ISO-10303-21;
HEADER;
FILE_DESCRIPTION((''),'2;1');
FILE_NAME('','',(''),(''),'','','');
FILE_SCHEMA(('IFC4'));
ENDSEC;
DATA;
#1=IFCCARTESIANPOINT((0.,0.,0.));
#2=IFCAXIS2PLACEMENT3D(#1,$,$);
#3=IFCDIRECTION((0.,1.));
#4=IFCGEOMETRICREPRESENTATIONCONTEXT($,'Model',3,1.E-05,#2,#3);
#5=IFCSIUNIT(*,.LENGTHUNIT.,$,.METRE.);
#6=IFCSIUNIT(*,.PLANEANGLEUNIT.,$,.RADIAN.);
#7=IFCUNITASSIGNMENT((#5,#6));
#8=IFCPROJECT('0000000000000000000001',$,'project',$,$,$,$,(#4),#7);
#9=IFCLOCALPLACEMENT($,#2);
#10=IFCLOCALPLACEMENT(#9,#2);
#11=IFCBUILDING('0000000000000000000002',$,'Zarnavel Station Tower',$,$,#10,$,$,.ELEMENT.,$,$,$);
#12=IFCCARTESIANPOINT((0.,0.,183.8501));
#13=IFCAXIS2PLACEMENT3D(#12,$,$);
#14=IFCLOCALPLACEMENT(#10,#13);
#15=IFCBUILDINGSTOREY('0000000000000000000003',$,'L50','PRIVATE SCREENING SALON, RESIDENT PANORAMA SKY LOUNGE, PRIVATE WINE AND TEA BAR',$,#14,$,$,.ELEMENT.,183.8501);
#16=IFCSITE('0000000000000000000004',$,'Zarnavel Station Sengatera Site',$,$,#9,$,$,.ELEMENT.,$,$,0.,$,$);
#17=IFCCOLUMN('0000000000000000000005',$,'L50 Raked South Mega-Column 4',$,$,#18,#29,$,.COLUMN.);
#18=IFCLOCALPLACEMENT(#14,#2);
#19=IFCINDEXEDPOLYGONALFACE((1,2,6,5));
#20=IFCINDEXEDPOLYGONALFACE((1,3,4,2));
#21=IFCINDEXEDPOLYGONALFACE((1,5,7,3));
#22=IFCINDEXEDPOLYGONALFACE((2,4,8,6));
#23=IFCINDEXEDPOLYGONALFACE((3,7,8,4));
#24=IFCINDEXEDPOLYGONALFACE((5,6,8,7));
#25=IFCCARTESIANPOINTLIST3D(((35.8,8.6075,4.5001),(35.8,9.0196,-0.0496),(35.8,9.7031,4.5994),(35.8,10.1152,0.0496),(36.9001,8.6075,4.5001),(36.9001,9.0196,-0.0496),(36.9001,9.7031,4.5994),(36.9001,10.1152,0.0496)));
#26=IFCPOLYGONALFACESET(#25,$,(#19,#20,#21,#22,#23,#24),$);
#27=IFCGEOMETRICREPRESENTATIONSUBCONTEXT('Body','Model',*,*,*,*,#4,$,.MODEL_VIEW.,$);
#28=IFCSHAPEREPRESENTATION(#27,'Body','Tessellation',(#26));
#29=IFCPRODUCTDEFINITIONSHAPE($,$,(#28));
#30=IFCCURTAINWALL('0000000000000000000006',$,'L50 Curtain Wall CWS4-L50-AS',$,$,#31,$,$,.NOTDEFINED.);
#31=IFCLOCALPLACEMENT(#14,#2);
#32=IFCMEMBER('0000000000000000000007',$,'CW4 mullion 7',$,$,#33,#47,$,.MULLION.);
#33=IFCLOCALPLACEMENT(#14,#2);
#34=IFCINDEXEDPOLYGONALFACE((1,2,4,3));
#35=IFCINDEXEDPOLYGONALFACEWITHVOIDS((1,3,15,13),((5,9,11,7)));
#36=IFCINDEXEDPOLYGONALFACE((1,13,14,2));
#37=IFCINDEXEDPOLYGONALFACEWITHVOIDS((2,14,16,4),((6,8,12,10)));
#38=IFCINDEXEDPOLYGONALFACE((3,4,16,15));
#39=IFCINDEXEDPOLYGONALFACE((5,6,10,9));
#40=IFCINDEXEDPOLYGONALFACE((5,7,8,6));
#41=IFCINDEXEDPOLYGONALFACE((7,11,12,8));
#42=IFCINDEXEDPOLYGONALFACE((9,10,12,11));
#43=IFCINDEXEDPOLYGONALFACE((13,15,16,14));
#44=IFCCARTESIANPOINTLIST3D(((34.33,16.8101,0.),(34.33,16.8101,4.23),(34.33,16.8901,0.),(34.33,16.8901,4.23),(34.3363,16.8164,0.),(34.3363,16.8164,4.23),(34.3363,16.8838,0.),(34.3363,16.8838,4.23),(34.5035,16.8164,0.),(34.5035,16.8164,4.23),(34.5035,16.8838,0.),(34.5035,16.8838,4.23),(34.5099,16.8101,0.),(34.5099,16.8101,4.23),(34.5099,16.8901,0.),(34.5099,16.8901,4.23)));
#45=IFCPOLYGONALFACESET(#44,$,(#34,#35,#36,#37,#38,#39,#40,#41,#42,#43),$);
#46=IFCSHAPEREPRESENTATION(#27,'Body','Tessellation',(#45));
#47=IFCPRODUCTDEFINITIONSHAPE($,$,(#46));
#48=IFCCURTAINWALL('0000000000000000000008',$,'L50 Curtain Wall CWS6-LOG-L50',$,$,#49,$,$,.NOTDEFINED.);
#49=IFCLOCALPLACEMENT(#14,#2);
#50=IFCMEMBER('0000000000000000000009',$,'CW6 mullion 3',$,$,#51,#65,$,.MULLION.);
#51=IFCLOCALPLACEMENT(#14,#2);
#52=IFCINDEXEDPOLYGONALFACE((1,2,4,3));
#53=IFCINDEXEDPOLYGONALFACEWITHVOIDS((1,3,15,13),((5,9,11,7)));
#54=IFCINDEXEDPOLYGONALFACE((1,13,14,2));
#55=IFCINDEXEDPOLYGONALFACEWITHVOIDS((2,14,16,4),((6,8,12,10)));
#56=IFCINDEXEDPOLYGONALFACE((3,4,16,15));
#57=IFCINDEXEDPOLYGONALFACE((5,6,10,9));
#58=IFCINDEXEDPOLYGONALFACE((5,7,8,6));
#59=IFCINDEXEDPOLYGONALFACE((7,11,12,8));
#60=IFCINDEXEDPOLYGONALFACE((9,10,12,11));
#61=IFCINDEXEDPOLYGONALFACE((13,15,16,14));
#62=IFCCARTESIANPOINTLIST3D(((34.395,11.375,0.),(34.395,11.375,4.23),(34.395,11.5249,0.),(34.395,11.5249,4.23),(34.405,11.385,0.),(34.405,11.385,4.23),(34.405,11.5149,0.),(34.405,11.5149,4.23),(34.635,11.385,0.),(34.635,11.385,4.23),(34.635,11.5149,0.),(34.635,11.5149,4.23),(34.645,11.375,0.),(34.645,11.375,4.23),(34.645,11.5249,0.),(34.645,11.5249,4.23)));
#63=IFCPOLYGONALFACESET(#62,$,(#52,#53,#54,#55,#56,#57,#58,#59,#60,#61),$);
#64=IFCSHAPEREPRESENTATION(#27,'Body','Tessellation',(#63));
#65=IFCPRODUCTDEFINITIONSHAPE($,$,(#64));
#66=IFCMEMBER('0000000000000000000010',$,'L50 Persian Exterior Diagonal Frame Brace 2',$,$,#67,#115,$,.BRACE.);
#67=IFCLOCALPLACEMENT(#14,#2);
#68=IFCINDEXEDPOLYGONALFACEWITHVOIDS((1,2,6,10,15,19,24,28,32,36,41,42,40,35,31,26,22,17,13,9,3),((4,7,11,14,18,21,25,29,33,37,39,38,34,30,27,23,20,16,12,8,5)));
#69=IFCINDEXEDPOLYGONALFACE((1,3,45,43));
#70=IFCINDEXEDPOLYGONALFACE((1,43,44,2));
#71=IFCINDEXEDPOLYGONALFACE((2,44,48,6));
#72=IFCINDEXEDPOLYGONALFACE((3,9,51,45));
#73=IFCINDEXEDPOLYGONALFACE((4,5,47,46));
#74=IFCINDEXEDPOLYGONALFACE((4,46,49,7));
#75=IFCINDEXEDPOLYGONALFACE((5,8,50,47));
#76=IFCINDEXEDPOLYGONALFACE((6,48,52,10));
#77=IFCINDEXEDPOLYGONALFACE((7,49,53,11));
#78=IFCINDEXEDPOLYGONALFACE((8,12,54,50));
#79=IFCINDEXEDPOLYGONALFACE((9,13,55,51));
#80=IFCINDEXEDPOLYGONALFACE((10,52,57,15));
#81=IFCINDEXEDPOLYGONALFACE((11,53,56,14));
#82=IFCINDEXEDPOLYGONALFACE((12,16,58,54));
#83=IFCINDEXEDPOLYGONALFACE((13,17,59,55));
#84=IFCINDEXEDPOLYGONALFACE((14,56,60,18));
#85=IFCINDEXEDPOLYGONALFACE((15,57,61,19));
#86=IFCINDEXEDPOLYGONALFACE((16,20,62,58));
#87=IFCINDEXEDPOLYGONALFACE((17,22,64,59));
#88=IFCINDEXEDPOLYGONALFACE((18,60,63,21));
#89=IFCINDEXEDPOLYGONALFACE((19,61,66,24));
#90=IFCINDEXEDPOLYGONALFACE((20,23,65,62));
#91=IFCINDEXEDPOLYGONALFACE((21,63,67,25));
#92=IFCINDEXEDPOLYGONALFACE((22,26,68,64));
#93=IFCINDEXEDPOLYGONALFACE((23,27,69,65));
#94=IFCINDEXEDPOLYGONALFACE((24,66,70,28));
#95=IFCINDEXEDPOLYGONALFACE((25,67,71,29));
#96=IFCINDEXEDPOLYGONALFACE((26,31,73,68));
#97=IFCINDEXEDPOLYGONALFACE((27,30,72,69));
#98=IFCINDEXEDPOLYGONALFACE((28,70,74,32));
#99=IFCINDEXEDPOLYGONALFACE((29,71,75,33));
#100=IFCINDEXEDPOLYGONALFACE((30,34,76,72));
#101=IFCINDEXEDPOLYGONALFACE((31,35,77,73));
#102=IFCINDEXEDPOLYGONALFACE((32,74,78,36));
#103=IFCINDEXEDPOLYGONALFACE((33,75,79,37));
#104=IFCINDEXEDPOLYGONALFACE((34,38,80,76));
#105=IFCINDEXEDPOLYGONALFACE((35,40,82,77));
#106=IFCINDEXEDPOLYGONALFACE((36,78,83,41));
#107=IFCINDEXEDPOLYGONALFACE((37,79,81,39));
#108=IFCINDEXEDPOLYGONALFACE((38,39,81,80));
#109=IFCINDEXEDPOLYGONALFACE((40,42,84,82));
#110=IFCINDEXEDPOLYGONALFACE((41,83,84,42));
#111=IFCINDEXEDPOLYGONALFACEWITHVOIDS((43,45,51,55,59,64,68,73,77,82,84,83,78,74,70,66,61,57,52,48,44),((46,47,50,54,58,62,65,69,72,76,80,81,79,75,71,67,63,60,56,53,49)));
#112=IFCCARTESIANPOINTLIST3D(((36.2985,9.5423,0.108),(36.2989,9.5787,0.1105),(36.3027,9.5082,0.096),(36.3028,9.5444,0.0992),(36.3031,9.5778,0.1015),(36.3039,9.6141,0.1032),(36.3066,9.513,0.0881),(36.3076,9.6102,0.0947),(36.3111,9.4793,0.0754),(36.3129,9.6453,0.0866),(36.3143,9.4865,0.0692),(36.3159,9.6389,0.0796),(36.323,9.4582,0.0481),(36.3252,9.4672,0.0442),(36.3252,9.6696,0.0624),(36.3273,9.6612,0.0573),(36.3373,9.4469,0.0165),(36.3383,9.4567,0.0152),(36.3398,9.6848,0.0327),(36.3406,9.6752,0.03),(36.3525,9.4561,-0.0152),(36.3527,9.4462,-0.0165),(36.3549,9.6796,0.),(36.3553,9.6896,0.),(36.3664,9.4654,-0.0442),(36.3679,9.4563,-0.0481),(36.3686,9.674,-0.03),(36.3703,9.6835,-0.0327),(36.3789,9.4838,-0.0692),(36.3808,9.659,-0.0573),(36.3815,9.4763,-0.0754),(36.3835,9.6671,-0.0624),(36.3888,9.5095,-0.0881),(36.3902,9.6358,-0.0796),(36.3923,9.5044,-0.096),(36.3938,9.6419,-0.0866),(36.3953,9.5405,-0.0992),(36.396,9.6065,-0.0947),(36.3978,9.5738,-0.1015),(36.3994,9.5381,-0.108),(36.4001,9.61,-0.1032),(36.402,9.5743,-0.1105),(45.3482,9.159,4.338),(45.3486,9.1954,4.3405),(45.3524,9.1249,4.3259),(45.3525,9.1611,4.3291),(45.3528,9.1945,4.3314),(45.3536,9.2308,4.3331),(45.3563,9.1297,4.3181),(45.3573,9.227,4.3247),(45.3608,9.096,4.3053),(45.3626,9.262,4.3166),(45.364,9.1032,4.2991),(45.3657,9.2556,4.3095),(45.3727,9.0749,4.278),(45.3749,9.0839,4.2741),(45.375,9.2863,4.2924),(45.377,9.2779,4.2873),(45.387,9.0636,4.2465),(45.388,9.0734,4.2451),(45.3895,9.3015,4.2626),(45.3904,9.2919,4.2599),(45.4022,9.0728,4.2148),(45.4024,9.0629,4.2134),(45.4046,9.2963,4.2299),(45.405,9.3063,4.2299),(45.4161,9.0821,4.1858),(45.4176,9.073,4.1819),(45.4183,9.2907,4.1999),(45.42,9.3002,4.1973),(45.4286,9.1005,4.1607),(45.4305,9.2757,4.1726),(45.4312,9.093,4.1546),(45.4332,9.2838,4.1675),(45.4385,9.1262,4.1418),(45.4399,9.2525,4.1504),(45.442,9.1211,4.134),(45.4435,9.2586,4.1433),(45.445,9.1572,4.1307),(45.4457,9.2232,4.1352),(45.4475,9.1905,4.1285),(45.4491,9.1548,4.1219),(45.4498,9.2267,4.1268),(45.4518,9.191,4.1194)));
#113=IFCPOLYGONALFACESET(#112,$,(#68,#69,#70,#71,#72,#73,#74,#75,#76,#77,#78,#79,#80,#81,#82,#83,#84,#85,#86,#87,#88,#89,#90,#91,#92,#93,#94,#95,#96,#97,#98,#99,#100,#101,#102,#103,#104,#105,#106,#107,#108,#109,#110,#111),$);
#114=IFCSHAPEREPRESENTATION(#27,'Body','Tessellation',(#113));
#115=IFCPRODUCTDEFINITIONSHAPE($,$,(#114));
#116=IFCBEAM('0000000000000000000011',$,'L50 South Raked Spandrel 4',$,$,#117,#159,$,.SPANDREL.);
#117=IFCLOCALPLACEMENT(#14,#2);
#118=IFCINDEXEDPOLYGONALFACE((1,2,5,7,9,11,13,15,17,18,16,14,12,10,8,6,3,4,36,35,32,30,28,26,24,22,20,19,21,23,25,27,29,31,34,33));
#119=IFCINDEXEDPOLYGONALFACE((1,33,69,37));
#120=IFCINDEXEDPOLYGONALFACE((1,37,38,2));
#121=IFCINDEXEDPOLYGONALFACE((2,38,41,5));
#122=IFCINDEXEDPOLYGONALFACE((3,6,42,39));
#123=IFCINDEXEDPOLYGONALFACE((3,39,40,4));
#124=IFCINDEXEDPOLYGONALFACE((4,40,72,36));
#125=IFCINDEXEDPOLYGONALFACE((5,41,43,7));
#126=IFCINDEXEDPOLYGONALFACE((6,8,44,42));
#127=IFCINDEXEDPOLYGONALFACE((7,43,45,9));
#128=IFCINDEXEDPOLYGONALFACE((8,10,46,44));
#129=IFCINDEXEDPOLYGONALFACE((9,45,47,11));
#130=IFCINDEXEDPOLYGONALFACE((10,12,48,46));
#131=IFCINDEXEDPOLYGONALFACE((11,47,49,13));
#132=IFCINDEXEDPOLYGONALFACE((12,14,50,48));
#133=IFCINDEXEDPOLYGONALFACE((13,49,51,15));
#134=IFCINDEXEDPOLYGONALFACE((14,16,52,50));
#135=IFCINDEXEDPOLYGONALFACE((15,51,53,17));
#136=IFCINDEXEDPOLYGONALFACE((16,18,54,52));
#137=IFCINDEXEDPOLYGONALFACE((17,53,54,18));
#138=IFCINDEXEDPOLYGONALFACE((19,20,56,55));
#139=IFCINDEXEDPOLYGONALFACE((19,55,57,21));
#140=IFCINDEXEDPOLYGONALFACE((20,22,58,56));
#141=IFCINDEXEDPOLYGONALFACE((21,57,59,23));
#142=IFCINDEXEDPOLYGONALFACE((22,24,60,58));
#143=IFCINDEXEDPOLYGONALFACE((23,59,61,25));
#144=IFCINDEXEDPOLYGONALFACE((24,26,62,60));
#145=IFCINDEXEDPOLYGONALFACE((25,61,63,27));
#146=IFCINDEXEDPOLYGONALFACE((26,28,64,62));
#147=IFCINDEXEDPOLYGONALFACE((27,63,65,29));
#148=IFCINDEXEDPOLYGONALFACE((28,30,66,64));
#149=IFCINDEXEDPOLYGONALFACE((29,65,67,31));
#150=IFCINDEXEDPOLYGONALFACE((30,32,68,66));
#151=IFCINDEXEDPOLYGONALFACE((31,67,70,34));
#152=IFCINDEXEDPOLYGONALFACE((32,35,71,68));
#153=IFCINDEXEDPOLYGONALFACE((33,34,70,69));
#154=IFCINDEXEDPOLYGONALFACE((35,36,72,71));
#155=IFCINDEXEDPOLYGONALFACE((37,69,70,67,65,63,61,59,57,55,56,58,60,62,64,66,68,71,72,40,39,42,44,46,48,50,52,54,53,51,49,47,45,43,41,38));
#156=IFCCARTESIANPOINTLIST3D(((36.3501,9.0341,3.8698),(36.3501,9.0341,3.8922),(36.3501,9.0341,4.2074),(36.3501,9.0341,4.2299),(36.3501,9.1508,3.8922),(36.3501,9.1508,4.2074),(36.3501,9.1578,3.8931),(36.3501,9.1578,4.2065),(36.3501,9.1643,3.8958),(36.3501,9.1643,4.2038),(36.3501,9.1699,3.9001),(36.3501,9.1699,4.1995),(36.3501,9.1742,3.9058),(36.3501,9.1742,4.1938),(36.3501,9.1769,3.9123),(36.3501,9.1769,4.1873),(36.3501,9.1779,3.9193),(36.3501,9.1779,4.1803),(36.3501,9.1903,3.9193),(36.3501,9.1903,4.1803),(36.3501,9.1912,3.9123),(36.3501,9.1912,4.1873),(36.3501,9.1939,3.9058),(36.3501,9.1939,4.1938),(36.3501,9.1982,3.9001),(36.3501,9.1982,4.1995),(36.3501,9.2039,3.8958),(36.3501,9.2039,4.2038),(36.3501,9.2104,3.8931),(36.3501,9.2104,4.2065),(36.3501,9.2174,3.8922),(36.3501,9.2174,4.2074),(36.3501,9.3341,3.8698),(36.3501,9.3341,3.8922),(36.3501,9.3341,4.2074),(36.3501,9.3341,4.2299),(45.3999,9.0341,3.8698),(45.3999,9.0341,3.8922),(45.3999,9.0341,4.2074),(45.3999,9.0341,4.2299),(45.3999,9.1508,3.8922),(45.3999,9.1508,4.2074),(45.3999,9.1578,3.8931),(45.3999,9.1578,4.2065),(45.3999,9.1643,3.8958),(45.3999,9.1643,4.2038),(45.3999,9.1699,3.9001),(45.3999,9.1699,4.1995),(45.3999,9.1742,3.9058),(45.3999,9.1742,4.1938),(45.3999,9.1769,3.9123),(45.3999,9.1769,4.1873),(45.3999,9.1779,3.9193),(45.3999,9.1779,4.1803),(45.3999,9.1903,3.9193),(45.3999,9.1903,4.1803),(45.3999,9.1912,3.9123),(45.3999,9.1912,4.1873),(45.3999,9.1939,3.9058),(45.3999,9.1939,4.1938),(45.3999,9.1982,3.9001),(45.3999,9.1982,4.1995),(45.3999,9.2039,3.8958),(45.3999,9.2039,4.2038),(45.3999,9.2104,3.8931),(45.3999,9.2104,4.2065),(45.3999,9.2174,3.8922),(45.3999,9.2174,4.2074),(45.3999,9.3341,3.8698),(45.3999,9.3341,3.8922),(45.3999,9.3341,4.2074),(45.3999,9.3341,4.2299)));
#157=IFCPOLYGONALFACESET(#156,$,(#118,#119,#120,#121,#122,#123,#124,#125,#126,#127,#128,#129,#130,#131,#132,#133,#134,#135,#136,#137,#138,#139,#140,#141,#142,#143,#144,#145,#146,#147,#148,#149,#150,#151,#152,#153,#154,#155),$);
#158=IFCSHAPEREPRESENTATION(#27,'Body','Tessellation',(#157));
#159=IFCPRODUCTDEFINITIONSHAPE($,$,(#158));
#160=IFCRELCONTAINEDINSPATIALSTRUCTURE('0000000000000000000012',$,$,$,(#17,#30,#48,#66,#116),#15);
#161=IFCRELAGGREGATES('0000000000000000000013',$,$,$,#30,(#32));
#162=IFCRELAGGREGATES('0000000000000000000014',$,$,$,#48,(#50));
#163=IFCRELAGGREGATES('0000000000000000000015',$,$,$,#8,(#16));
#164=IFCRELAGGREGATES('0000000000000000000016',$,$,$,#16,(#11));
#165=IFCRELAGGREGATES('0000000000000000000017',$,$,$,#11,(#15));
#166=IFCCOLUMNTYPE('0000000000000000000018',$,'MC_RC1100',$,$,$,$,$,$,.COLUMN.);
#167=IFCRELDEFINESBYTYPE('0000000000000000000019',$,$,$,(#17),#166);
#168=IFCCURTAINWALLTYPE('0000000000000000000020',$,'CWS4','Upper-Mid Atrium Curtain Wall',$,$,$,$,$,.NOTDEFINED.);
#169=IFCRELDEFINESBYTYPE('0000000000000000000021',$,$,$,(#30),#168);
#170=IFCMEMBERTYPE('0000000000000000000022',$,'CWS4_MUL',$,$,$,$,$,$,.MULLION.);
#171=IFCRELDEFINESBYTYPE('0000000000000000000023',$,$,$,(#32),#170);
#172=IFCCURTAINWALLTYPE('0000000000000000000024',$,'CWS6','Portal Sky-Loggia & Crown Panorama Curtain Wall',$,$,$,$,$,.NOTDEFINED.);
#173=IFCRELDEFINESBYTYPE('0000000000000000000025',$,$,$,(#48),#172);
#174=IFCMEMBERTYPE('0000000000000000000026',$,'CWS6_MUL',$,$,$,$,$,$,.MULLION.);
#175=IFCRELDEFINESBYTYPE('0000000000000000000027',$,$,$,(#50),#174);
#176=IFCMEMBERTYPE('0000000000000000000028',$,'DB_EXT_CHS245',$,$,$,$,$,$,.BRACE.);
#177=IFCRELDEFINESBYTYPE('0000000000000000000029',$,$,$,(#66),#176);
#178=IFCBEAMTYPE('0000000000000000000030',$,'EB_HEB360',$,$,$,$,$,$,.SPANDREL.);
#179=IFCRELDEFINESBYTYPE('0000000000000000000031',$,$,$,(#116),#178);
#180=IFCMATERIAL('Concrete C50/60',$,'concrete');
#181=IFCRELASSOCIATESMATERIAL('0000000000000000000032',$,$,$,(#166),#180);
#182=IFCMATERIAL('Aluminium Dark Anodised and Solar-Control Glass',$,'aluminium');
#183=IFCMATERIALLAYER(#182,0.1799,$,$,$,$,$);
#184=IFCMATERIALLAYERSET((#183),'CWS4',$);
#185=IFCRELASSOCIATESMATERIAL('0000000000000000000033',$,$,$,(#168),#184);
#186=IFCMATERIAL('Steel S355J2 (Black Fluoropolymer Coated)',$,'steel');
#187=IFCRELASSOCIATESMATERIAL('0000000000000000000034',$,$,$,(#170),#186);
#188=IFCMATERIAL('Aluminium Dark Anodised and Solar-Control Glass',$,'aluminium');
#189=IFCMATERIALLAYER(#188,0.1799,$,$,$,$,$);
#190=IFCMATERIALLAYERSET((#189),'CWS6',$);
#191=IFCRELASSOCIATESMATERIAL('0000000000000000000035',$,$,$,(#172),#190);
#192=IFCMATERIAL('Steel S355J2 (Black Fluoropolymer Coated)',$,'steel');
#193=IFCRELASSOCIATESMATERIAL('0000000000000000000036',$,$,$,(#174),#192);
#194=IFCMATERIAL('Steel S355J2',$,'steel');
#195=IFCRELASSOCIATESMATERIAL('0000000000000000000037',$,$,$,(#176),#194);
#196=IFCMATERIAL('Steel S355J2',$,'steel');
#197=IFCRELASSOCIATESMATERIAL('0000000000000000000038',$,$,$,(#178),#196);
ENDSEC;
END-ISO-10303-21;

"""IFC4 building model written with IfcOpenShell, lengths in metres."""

from ifc_helpers import new_model, si_unit, direction, frame, origin, origin_2d, place, context, subcontext, project, spatial, rectangle, hollow_rectangle, hollow_circle, i_section, extrude, material, layer, layer_set, material_profile, profile_set, type_object, element, aggregate, save


model = new_model("IFC4")

# Units and contexts
model_context = context("Model", 3, precision=1e-05, world=origin(), true_north=direction((0.0, 1.0)))
body_context = subcontext(model_context, "Body", "Model", "MODEL_VIEW")
ifc_project = project(units=[si_unit("LENGTHUNIT", "METRE"), si_unit("PLANEANGLEUNIT", "RADIAN")], contexts=[model_context])

# Site, building, storey
site_placement = place(None, origin())
site = spatial("IfcSite", under=ifc_project, at=site_placement, Name="Zarnavel Station Sengatera Site", CompositionType="ELEMENT", RefElevation=0.0)
building_placement = place(site_placement, origin())
building = spatial("IfcBuilding", under=site, at=building_placement, Name="Zarnavel Station Tower", CompositionType="ELEMENT")
storey_placement = place(building_placement, frame((0.0, 0.0, 183.8501)))
storey = spatial("IfcBuildingStorey", under=building, at=storey_placement, Name="L50", Description="PRIVATE SCREENING SALON, RESIDENT PANORAMA SKY LOUNGE, PRIVATE WINE AND TEA BAR", CompositionType="ELEMENT", Elevation=183.8501)

# Column
ifc_material_1 = material(Name="Concrete C50/60", Category="concrete")
ifc_material_profile_1 = material_profile(ifc_material_1, rectangle(XDim=1.1001, YDim=1.1001, at=origin_2d()), Name="RC1100x1100")
ifc_profile_set_1 = profile_set([ifc_material_profile_1], Name="Concrete C50/60")
column_type = type_object("IfcColumnType", Name="MC_RC1100", PredefinedType="COLUMN", material=ifc_profile_set_1)
column_placement = place(storey_placement, frame((36.3501, 9.5674, 0.0), z_axis=(0.0, -0.090208, 0.995923), x_axis=(1.0, 0.0, 0.0)))
element("IfcColumn", 1, at=column_placement, inside=storey, type_object=column_type, Name="L50 Raked South Mega-Column 4", PredefinedType="COLUMN", context=body_context, shape_type="SweptSolid", body=[
    extrude(rectangle(XDim=1.1001, YDim=1.1001, at=origin_2d()), origin(), (0.0, 0.0, 1.0), 4.5684),
])

# Curtain walls, members
ifc_material_2 = material(Name="Aluminium Dark Anodised and Solar-Control Glass", Category="aluminium")
ifc_layer_1 = layer(ifc_material_2, 0.1799)
ifc_layer_set_1 = layer_set([ifc_layer_1], Name="CWS4")
curtain_wall_type_1 = type_object("IfcCurtainWallType", Name="CWS4", Description="Upper-Mid Atrium Curtain Wall", PredefinedType="NOTDEFINED", material=ifc_layer_set_1)
curtain_wall_1_placement = place(storey_placement, origin())
curtain_wall_1 = element("IfcCurtainWall", 2, at=curtain_wall_1_placement, inside=storey, type_object=curtain_wall_type_1, Name="L50 Curtain Wall CWS4-L50-AS", PredefinedType="NOTDEFINED")
ifc_material_3 = material(Name="Steel S355J2 (Black Fluoropolymer Coated)", Category="steel")
ifc_material_profile_2 = material_profile(ifc_material_3, hollow_rectangle(XDim=0.0801, YDim=0.1799, WallThickness=0.0063, at=origin_2d()), Name="RHS180x80x6.3")
ifc_profile_set_2 = profile_set([ifc_material_profile_2], Name="Steel S355J2 (Black Fluoropolymer Coated)")
member_type_1 = type_object("IfcMemberType", Name="CWS4_MUL", PredefinedType="MULLION", material=ifc_profile_set_2)
member_1_placement = place(storey_placement, frame((34.4199, 16.8501, 0.0), z_axis=(0.0, 0.0, 1.0), x_axis=(0.0, 1.0, 0.0)))
member_1 = element("IfcMember", 3, at=member_1_placement, type_object=member_type_1, Name="CW4 mullion 7", PredefinedType="MULLION", context=body_context, shape_type="SweptSolid", body=[
    extrude(hollow_rectangle(XDim=0.0801, YDim=0.1799, WallThickness=0.0063, at=origin_2d()), origin(), (0.0, 0.0, 1.0), 4.23),
])
ifc_material_4 = material(Name="Aluminium Dark Anodised and Solar-Control Glass", Category="aluminium")
ifc_layer_2 = layer(ifc_material_4, 0.1799)
ifc_layer_set_2 = layer_set([ifc_layer_2], Name="CWS6")
curtain_wall_type_2 = type_object("IfcCurtainWallType", Name="CWS6", Description="Portal Sky-Loggia & Crown Panorama Curtain Wall", PredefinedType="NOTDEFINED", material=ifc_layer_set_2)
curtain_wall_2_placement = place(storey_placement, origin())
curtain_wall_2 = element("IfcCurtainWall", 4, at=curtain_wall_2_placement, inside=storey, type_object=curtain_wall_type_2, Name="L50 Curtain Wall CWS6-LOG-L50", PredefinedType="NOTDEFINED")
ifc_material_5 = material(Name="Steel S355J2 (Black Fluoropolymer Coated)", Category="steel")
ifc_material_profile_3 = material_profile(ifc_material_5, hollow_rectangle(XDim=0.1499, YDim=0.25, WallThickness=0.01, at=origin_2d()), Name="RHS250x150x10")
ifc_profile_set_3 = profile_set([ifc_material_profile_3], Name="Steel S355J2 (Black Fluoropolymer Coated)")
member_type_2 = type_object("IfcMemberType", Name="CWS6_MUL", PredefinedType="MULLION", material=ifc_profile_set_3)
member_2_placement = place(storey_placement, frame((34.52, 11.45, 0.0), z_axis=(0.0, 0.0, 1.0), x_axis=(0.0, 1.0, 0.0)))
member_2 = element("IfcMember", 5, at=member_2_placement, type_object=member_type_2, Name="CW6 mullion 3", PredefinedType="MULLION", context=body_context, shape_type="SweptSolid", body=[
    extrude(hollow_rectangle(XDim=0.1499, YDim=0.25, WallThickness=0.01, at=origin_2d()), origin(), (0.0, 0.0, 1.0), 4.23),
])

# Member
ifc_material_6 = material(Name="Steel S355J2", Category="steel")
ifc_material_profile_4 = material_profile(ifc_material_6, hollow_circle(Radius=0.1223, WallThickness=0.01, at=origin_2d()), Name="CHS244.5x10")
ifc_profile_set_4 = profile_set([ifc_material_profile_4], Name="Steel S355J2")
member_type_3 = type_object("IfcMemberType", Name="DB_EXT_CHS245", PredefinedType="BRACE", material=ifc_profile_set_4)
member_3_placement = place(storey_placement, frame((36.3501, 9.5674, 0.0), z_axis=(0.905258, -0.038342, 0.423128), x_axis=(0.042317, 0.999104, 0.0)))
element("IfcMember", 6, at=member_3_placement, inside=storey, type_object=member_type_3, Name="L50 Persian Exterior Diagonal Frame Brace 2", PredefinedType="BRACE", context=body_context, shape_type="SweptSolid", body=[
    extrude(hollow_circle(Radius=0.1223, WallThickness=0.01, at=origin_2d()), origin(), (0.0, 0.0, 1.0), 9.9968),
])

# Beam
ifc_material_7 = material(Name="Steel S355J2", Category="steel")
ifc_material_profile_5 = material_profile(ifc_material_7, i_section(OverallWidth=0.3, OverallDepth=0.3601, WebThickness=0.0125, FlangeThickness=0.0225, FilletRadius=0.0271, at=origin_2d()), Name="HEB360")
ifc_profile_set_5 = profile_set([ifc_material_profile_5], Name="Steel S355J2")
beam_type_1 = type_object("IfcBeamType", Name="EB_HEB360", PredefinedType="SPANDREL", material=ifc_profile_set_5)
beam_1_placement = place(storey_placement, frame((36.3501, 9.1841, 4.0498), z_axis=(1.0, 0.0, 0.0), x_axis=(0.0, 1.0, 0.0)))
element("IfcBeam", 7, at=beam_1_placement, inside=storey, type_object=beam_type_1, Name="L50 South Raked Spandrel 4", PredefinedType="SPANDREL", context=body_context, shape_type="SweptSolid", body=[
    extrude(i_section(OverallWidth=0.3, OverallDepth=0.3601, WebThickness=0.0125, FlangeThickness=0.0225, FilletRadius=0.0271, at=origin_2d()), origin(), (0.0, 0.0, 1.0), 9.0498),
])

aggregate(curtain_wall_1, [member_1])
aggregate(curtain_wall_2, [member_2])

save(model, "model.ifc")
